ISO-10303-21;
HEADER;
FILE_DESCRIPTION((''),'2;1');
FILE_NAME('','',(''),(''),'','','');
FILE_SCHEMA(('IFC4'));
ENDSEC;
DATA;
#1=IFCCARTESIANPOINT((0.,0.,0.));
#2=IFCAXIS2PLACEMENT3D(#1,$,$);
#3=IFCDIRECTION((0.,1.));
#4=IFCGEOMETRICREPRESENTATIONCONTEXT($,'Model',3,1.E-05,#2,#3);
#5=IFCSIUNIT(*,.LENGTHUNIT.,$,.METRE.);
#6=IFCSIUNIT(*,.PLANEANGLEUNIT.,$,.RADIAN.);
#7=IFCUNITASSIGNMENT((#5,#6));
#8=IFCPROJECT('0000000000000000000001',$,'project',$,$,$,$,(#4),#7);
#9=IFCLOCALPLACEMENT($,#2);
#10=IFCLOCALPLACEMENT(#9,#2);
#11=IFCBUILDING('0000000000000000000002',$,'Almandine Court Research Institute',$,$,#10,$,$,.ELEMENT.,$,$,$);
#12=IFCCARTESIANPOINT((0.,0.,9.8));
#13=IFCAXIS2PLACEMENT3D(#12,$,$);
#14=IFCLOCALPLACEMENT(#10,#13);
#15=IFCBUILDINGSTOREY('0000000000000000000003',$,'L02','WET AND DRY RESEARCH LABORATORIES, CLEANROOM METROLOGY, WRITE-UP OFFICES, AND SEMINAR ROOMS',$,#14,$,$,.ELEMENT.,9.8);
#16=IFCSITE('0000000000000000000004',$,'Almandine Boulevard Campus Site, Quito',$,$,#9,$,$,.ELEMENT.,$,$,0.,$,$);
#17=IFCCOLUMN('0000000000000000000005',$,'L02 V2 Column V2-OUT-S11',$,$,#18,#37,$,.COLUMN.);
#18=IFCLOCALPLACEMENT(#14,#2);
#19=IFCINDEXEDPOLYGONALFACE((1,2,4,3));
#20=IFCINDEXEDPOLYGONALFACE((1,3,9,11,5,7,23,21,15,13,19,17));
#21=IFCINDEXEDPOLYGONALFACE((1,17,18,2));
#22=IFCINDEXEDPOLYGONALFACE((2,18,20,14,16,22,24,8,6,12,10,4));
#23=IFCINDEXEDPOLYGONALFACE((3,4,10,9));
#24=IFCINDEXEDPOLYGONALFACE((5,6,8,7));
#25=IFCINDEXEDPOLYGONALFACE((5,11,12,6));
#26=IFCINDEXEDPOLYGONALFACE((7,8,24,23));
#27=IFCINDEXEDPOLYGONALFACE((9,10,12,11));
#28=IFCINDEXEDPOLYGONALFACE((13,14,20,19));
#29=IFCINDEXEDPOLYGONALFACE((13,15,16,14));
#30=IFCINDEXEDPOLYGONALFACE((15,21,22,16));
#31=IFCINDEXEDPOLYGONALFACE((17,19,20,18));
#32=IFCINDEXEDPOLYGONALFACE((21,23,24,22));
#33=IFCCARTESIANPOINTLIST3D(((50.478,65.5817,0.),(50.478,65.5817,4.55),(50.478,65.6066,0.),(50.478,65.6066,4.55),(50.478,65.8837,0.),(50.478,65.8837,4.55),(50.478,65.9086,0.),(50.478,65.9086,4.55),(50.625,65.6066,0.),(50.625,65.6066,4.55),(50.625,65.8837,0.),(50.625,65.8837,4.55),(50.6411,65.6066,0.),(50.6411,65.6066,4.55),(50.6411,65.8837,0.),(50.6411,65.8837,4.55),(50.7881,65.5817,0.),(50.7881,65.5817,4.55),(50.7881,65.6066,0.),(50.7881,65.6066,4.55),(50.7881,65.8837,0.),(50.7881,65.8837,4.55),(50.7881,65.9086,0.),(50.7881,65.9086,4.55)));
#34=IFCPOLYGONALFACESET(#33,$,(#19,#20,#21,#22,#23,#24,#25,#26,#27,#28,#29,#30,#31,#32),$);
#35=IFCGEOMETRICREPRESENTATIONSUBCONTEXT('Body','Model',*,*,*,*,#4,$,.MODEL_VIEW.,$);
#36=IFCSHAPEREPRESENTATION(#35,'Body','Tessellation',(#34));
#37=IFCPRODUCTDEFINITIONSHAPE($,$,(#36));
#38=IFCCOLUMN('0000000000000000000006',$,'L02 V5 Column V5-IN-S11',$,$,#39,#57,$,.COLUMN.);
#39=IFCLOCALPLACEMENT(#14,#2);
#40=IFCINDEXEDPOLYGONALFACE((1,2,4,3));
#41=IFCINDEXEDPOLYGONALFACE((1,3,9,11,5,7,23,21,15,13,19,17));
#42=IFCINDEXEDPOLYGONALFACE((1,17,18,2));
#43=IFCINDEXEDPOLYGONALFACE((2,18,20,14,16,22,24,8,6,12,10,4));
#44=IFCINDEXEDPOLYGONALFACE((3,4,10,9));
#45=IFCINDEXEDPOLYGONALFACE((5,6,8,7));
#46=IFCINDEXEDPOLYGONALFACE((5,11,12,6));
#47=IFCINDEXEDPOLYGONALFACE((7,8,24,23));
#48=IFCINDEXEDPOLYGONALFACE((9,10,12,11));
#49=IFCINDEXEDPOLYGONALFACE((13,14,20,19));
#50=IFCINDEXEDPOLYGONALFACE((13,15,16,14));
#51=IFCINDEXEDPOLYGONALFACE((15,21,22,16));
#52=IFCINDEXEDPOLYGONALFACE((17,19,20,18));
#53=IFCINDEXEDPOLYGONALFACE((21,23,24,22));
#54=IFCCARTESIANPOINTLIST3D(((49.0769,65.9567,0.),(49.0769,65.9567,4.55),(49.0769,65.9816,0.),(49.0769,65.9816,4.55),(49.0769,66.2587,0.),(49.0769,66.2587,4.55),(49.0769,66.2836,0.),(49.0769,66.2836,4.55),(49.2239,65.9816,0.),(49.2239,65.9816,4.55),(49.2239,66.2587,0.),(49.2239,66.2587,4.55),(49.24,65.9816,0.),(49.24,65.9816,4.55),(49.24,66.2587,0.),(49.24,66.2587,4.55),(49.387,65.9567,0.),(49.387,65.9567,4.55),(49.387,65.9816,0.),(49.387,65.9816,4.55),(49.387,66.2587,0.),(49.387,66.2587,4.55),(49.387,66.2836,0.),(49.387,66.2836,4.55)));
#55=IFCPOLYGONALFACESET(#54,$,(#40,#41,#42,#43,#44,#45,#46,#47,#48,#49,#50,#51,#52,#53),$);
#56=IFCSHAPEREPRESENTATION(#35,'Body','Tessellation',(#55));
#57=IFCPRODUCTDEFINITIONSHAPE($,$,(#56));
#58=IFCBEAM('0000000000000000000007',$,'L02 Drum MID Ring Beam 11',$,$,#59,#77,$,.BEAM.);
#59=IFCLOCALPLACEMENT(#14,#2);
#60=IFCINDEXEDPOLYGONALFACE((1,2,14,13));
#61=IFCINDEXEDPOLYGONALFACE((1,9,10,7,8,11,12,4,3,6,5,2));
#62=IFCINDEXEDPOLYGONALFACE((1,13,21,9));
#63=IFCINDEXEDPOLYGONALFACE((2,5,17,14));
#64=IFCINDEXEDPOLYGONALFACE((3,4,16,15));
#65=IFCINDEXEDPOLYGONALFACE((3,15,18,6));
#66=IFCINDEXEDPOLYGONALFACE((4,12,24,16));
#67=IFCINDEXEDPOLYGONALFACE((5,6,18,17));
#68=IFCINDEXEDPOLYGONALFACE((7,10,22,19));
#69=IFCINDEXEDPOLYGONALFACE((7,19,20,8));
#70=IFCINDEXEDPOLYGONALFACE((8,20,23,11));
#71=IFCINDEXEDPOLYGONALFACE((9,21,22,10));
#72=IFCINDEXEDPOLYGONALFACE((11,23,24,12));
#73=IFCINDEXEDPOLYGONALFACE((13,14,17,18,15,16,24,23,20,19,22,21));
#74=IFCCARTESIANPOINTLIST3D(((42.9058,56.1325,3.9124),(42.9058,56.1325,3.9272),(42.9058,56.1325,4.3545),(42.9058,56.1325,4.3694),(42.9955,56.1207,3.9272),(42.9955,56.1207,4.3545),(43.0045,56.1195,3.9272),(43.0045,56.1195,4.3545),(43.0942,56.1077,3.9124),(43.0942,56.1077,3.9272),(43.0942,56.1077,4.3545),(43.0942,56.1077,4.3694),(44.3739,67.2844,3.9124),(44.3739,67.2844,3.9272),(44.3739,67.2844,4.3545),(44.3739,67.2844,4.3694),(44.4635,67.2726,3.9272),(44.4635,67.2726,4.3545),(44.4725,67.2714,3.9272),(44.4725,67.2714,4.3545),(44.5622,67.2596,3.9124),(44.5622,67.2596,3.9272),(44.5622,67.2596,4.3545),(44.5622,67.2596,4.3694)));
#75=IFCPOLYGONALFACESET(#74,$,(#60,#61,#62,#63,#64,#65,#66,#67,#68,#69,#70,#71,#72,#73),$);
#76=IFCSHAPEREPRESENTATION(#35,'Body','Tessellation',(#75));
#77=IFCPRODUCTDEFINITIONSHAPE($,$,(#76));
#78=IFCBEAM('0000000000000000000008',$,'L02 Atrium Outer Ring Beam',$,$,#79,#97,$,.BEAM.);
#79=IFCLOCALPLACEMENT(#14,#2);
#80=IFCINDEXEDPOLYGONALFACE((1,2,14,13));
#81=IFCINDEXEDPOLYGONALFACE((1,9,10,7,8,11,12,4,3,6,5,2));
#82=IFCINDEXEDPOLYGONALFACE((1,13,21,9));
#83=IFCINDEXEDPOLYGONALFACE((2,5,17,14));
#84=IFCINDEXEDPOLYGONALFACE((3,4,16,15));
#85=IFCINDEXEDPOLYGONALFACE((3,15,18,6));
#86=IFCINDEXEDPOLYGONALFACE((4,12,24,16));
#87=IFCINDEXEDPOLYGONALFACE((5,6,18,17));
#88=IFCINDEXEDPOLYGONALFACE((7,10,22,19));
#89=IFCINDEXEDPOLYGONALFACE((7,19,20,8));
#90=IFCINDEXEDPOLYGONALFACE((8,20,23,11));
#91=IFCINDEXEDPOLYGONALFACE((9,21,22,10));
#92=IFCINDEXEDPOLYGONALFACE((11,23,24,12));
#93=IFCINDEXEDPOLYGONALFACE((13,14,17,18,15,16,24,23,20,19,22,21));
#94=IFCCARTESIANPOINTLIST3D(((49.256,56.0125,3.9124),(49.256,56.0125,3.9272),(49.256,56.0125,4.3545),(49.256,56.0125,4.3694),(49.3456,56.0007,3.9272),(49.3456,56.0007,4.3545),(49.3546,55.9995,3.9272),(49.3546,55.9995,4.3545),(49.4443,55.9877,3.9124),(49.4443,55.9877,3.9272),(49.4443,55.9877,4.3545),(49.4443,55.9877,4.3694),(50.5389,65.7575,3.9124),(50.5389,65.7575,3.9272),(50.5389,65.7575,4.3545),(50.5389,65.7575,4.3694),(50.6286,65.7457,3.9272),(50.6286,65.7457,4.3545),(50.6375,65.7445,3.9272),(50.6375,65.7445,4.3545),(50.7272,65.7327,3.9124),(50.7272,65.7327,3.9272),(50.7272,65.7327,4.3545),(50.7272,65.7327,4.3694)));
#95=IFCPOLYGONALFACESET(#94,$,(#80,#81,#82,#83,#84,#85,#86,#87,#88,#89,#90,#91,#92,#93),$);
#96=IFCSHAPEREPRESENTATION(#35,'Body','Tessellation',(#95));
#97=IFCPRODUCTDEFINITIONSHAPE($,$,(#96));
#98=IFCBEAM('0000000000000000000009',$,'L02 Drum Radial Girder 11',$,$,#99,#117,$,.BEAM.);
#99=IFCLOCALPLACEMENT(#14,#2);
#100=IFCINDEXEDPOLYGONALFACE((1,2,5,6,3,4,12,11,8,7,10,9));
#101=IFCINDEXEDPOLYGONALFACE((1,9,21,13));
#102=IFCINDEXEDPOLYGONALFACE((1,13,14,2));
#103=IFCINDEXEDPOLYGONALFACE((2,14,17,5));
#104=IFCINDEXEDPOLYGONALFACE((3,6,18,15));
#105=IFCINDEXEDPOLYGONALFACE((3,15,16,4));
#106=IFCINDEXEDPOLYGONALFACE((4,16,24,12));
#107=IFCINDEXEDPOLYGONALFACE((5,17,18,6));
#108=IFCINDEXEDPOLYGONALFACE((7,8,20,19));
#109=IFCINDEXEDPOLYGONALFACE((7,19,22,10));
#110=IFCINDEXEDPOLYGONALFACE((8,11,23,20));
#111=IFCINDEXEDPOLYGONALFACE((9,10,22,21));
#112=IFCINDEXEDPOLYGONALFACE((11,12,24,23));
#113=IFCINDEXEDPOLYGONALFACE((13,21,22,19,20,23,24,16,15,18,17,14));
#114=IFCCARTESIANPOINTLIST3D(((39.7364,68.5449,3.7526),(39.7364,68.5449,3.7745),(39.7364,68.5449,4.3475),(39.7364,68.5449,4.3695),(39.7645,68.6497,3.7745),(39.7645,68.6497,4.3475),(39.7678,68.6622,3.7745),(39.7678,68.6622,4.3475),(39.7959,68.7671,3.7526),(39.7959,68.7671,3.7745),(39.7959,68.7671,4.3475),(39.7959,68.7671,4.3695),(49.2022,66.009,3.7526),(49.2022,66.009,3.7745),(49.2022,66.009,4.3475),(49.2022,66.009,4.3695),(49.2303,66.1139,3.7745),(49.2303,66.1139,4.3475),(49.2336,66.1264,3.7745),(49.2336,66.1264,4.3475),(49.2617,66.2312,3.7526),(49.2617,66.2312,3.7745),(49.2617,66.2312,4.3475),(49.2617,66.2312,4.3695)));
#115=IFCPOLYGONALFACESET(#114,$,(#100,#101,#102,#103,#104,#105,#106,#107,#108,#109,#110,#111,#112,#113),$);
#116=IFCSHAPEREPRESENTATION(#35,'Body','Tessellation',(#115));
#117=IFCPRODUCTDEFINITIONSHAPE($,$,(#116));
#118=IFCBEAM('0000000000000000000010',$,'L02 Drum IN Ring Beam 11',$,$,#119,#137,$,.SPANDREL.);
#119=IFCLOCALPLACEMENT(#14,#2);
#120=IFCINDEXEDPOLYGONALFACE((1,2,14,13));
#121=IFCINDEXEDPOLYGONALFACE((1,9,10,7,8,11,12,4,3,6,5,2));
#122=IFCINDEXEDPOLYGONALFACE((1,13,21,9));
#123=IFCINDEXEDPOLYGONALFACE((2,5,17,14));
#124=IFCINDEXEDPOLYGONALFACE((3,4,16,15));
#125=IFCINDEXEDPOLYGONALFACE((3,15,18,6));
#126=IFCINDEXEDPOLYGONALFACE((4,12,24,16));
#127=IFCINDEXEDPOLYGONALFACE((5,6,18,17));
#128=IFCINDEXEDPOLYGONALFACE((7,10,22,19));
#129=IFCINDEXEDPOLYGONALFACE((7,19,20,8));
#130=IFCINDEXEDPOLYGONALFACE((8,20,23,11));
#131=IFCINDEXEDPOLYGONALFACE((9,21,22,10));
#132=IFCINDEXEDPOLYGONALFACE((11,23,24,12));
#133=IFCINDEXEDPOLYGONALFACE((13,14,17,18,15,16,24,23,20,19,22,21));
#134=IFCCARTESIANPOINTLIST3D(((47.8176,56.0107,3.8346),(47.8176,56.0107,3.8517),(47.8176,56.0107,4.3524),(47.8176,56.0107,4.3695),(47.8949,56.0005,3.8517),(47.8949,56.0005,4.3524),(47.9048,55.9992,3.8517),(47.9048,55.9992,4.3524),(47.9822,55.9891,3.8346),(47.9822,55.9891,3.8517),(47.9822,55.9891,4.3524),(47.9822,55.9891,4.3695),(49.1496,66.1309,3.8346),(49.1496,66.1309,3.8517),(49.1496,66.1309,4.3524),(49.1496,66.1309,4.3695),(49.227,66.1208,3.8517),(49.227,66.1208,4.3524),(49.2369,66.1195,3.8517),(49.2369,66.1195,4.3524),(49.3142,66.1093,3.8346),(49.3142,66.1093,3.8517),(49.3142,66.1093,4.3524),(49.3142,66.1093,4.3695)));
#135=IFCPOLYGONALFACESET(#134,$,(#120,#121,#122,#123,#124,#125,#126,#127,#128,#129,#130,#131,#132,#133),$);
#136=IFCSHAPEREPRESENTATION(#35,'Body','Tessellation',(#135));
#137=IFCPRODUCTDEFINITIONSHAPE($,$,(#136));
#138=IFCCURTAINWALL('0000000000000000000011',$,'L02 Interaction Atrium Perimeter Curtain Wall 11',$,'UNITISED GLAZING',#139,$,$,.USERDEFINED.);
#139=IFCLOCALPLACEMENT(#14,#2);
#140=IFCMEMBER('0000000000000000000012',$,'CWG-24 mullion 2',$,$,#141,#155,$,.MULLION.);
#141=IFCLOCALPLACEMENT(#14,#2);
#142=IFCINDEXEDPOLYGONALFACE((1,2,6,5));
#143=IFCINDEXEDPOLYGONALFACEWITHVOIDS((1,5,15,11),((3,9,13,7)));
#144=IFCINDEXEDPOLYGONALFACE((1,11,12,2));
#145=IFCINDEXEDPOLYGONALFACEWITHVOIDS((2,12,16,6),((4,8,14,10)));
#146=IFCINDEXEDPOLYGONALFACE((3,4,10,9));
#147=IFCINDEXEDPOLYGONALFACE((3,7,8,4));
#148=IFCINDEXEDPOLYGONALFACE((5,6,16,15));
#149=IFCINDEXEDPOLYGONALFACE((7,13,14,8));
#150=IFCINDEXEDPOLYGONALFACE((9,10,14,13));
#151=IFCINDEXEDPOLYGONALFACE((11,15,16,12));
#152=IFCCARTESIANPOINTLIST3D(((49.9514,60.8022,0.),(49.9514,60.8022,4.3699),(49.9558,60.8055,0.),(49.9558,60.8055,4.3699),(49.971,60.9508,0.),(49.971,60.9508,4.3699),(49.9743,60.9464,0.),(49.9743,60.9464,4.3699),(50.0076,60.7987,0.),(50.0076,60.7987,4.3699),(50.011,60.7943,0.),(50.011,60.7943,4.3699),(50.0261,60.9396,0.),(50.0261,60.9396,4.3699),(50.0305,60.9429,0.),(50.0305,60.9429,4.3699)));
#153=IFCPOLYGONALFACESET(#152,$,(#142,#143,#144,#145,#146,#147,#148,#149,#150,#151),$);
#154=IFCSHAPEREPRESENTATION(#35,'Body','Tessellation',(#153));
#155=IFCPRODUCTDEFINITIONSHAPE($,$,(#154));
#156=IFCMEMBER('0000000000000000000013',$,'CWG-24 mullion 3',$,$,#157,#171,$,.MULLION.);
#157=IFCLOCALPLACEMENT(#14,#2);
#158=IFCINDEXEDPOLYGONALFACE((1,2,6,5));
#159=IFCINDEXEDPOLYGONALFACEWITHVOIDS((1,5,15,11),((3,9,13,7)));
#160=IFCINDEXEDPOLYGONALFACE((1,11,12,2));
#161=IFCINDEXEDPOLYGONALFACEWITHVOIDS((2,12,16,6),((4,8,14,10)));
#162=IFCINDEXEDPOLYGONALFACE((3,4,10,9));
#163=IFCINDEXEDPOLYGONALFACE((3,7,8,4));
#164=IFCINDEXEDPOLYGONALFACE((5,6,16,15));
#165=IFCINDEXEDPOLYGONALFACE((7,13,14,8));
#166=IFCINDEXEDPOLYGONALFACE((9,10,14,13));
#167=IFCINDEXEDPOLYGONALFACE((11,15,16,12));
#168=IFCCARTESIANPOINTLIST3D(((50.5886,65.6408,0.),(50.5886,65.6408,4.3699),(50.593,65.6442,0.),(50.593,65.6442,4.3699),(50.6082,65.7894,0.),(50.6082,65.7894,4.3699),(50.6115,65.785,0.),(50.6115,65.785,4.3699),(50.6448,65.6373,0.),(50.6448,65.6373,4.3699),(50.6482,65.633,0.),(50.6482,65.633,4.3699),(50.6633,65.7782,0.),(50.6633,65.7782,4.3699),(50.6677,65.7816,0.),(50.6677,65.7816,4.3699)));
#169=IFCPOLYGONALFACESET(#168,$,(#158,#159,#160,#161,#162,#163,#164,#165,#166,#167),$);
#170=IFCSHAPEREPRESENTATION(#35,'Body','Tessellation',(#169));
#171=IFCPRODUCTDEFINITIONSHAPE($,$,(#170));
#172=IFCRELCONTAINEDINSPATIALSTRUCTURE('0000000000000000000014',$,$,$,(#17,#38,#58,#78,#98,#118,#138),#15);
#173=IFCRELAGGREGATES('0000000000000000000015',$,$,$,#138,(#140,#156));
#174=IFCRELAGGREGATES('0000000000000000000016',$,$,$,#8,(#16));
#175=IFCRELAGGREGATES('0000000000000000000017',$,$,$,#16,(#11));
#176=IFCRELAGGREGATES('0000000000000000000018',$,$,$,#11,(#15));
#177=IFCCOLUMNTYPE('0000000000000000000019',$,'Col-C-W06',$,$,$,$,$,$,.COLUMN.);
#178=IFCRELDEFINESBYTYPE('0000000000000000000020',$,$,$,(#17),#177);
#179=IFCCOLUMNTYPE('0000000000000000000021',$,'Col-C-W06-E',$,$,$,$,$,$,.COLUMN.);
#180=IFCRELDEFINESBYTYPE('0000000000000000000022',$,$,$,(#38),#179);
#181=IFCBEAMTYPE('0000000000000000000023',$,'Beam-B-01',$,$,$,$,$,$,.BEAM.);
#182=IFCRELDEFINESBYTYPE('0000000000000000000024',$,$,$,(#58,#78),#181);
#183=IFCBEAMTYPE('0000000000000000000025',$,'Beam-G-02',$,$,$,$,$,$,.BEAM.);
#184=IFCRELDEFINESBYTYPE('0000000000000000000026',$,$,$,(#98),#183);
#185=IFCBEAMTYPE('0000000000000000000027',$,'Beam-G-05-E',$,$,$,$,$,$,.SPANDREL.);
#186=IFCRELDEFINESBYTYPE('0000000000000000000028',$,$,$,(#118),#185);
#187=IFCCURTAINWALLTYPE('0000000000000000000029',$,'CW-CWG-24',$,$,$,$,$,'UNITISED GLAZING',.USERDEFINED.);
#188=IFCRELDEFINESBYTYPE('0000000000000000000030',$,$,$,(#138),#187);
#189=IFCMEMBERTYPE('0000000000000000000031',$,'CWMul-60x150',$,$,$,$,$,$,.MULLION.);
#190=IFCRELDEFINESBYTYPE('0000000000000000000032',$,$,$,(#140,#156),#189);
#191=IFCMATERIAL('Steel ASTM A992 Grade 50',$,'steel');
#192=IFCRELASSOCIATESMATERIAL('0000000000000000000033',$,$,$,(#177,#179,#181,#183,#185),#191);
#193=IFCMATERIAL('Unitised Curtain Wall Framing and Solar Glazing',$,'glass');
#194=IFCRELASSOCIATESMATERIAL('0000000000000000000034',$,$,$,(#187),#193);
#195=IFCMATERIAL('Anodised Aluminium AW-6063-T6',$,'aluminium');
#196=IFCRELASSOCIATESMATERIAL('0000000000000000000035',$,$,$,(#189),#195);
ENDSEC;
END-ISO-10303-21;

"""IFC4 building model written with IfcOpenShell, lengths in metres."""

from ifc_helpers import new_model, si_unit, direction, frame, origin, origin_2d, place, context, subcontext, project, spatial, hollow_rectangle, i_section, extrude, material, material_profile, profile_set, type_object, element, aggregate, save


model = new_model("IFC4")

# Units and contexts
model_context = context("Model", 3, precision=1e-05, world=origin(), true_north=direction((0.0, 1.0)))
body_context = subcontext(model_context, "Body", "Model", "MODEL_VIEW")
ifc_project = project(units=[si_unit("LENGTHUNIT", "METRE"), si_unit("PLANEANGLEUNIT", "RADIAN")], contexts=[model_context])

# Site, building, storey
site_placement = place(None, origin())
site = spatial("IfcSite", under=ifc_project, at=site_placement, Name="Almandine Boulevard Campus Site, Quito", CompositionType="ELEMENT", RefElevation=0.0)
building_placement = place(site_placement, origin())
building = spatial("IfcBuilding", under=site, at=building_placement, Name="Almandine Court Research Institute", CompositionType="ELEMENT")
storey_placement = place(building_placement, frame((0.0, 0.0, 9.8)))
storey = spatial("IfcBuildingStorey", under=building, at=storey_placement, Name="L02", Description="WET AND DRY RESEARCH LABORATORIES, CLEANROOM METROLOGY, WRITE-UP OFFICES, AND SEMINAR ROOMS", CompositionType="ELEMENT", Elevation=9.8)

# Columns
ifc_material_1 = material(Name="Steel ASTM A992 Grade 50", Category="steel")
ifc_material_profile_1 = material_profile(ifc_material_1, i_section(OverallWidth=0.3101, OverallDepth=0.3269, WebThickness=0.0161, FlangeThickness=0.0249, at=origin_2d()), Name="W310x158")
ifc_profile_set_1 = profile_set([ifc_material_profile_1], Name="Steel ASTM A992 Grade 50")
column_type_1 = type_object("IfcColumnType", Name="Col-C-W06", PredefinedType="COLUMN", material=ifc_profile_set_1)
column_1_placement = place(storey_placement, frame((50.6331, 65.7451, 0.0), z_axis=(0.0, 0.0, 1.0), x_axis=(1.0, 0.0, 0.0)))
element("IfcColumn", 1, at=column_1_placement, inside=storey, type_object=column_type_1, Name="L02 V2 Column V2-OUT-S11", PredefinedType="COLUMN", context=body_context, shape_type="SweptSolid", body=[
    extrude(i_section(OverallWidth=0.3101, OverallDepth=0.3269, WebThickness=0.0161, FlangeThickness=0.0249, at=origin_2d()), origin(), (0.0, 0.0, 1.0), 4.55),
])
ifc_material_profile_2 = material_profile(ifc_material_1, i_section(OverallWidth=0.3101, OverallDepth=0.3269, WebThickness=0.0161, FlangeThickness=0.0249, at=origin_2d()), Name="W310x158")
ifc_profile_set_2 = profile_set([ifc_material_profile_2], Name="Steel ASTM A992 Grade 50")
column_type_2 = type_object("IfcColumnType", Name="Col-C-W06-E", PredefinedType="COLUMN", material=ifc_profile_set_2)
column_2_placement = place(storey_placement, frame((49.2319, 66.1201, 0.0), z_axis=(0.0, 0.0, 1.0), x_axis=(1.0, 0.0, 0.0)))
element("IfcColumn", 2, at=column_2_placement, inside=storey, type_object=column_type_2, Name="L02 V5 Column V5-IN-S11", PredefinedType="COLUMN", context=body_context, shape_type="SweptSolid", body=[
    extrude(i_section(OverallWidth=0.3101, OverallDepth=0.3269, WebThickness=0.0161, FlangeThickness=0.0249, at=origin_2d()), origin(), (0.0, 0.0, 1.0), 4.55),
])

# Beams
ifc_material_profile_3 = material_profile(ifc_material_1, i_section(OverallWidth=0.1899, OverallDepth=0.457, WebThickness=0.009, FlangeThickness=0.0149, at=origin_2d()), Name="W460x74")
ifc_profile_set_3 = profile_set([ifc_material_profile_3], Name="Steel ASTM A992 Grade 50")
beam_type_1 = type_object("IfcBeamType", Name="Beam-B-01", PredefinedType="BEAM", material=ifc_profile_set_3)
beam_1_placement = place(storey_placement, frame((44.468, 67.272, 4.1409), z_axis=(-0.130513, -0.991447, 0.0), x_axis=(0.991447, -0.130513, 0.0)))
element("IfcBeam", 3, at=beam_1_placement, inside=storey, type_object=beam_type_1, Name="L02 Drum MID Ring Beam 11", PredefinedType="BEAM", context=body_context, shape_type="SweptSolid", body=[
    extrude(i_section(OverallWidth=0.1899, OverallDepth=0.457, WebThickness=0.009, FlangeThickness=0.0149, at=origin_2d()), origin(), (0.0, 0.0, 1.0), 11.248),
])
beam_2_placement = place(storey_placement, frame((50.6331, 65.7451, 4.1409), z_axis=(-0.130525, -0.991445, 0.0), x_axis=(0.991445, -0.130525, 0.0)))
element("IfcBeam", 4, at=beam_2_placement, inside=storey, type_object=beam_type_1, Name="L02 Atrium Outer Ring Beam", PredefinedType="BEAM", context=body_context, shape_type="SweptSolid", body=[
    extrude(i_section(OverallWidth=0.1899, OverallDepth=0.457, WebThickness=0.009, FlangeThickness=0.0149, at=origin_2d()), origin(), (0.0, 0.0, 1.0), 9.8291),
])
ifc_material_profile_4 = material_profile(ifc_material_1, i_section(OverallWidth=0.23, OverallDepth=0.6169, WebThickness=0.0129, FlangeThickness=0.022, at=origin_2d()), Name="W610x140")
ifc_profile_set_4 = profile_set([ifc_material_profile_4], Name="Steel ASTM A992 Grade 50")
beam_type_2 = type_object("IfcBeamType", Name="Beam-G-02", PredefinedType="BEAM", material=ifc_profile_set_4)
beam_3_placement = place(storey_placement, frame((49.2319, 66.1201, 4.061), z_axis=(-0.965938, 0.258774, 0.0), x_axis=(-0.258774, -0.965938, 0.0)))
element("IfcBeam", 5, at=beam_3_placement, inside=storey, type_object=beam_type_2, Name="L02 Drum Radial Girder 11", PredefinedType="BEAM", context=body_context, shape_type="SweptSolid", body=[
    extrude(i_section(OverallWidth=0.23, OverallDepth=0.6169, WebThickness=0.0129, FlangeThickness=0.022, at=origin_2d()), origin(), (0.0, 0.0, 1.0), 9.7996),
])
ifc_material_profile_5 = material_profile(ifc_material_1, i_section(OverallWidth=0.166, OverallDepth=0.5349, WebThickness=0.01, FlangeThickness=0.0171, at=origin_2d()), Name="W530x85")
ifc_profile_set_5 = profile_set([ifc_material_profile_5], Name="Steel ASTM A992 Grade 50")
beam_type_3 = type_object("IfcBeamType", Name="Beam-G-05-E", PredefinedType="SPANDREL", material=ifc_profile_set_5)
beam_4_placement = place(storey_placement, frame((49.2319, 66.1201, 4.1021), z_axis=(-0.130497, -0.991449, 0.0), x_axis=(0.991449, -0.130497, 0.0)))
element("IfcBeam", 6, at=beam_4_placement, inside=storey, type_object=beam_type_3, Name="L02 Drum IN Ring Beam 11", PredefinedType="SPANDREL", context=body_context, shape_type="SweptSolid", body=[
    extrude(i_section(OverallWidth=0.166, OverallDepth=0.5349, WebThickness=0.01, FlangeThickness=0.0171, at=origin_2d()), origin(), (0.0, 0.0, 1.0), 10.2075),
])

# Curtain wall, members
ifc_material_2 = material(Name="Unitised Curtain Wall Framing and Solar Glazing", Category="glass")
curtain_wall_type_1 = type_object("IfcCurtainWallType", Name="CW-CWG-24", ElementType="UNITISED GLAZING", PredefinedType="USERDEFINED", material=ifc_material_2)
curtain_wall_1_placement = place(storey_placement, origin())
curtain_wall_1 = element("IfcCurtainWall", 7, at=curtain_wall_1_placement, inside=storey, type_object=curtain_wall_type_1, Name="L02 Interaction Atrium Perimeter Curtain Wall 11", ObjectType="UNITISED GLAZING", PredefinedType="USERDEFINED")
ifc_material_3 = material(Name="Anodised Aluminium AW-6063-T6", Category="aluminium")
ifc_material_profile_6 = material_profile(ifc_material_3, hollow_rectangle(XDim=0.0601, YDim=0.1499, WallThickness=0.0039, at=origin_2d()), Name="ALU RHS 60x150x4")
ifc_profile_set_6 = profile_set([ifc_material_profile_6], Name="Anodised Aluminium AW-6063-T6")
member_type_1 = type_object("IfcMemberType", Name="CWMul-60x150", PredefinedType="MULLION", material=ifc_profile_set_6)
member_1_placement = place(storey_placement, frame((49.991, 60.8726, 0.0), z_axis=(0.0, 0.0, 1.0), x_axis=(-0.991444, 0.130536, 0.0)))
member_1 = element("IfcMember", 8, at=member_1_placement, type_object=member_type_1, Name="CWG-24 mullion 2", PredefinedType="MULLION", context=body_context, shape_type="SweptSolid", body=[
    extrude(hollow_rectangle(XDim=0.0601, YDim=0.1499, WallThickness=0.0039, at=origin_2d()), origin(), (0.0, 0.0, 1.0), 4.3699),
])
member_2_placement = place(storey_placement, frame((50.6282, 65.7112, 0.0), z_axis=(0.0, 0.0, 1.0), x_axis=(-0.991444, 0.130536, 0.0)))
member_2 = element("IfcMember", 9, at=member_2_placement, type_object=member_type_1, Name="CWG-24 mullion 3", PredefinedType="MULLION", context=body_context, shape_type="SweptSolid", body=[
    extrude(hollow_rectangle(XDim=0.0601, YDim=0.1499, WallThickness=0.0039, at=origin_2d()), origin(), (0.0, 0.0, 1.0), 4.3699),
])

aggregate(curtain_wall_1, [member_1, member_2])

save(model, "model.ifc")
